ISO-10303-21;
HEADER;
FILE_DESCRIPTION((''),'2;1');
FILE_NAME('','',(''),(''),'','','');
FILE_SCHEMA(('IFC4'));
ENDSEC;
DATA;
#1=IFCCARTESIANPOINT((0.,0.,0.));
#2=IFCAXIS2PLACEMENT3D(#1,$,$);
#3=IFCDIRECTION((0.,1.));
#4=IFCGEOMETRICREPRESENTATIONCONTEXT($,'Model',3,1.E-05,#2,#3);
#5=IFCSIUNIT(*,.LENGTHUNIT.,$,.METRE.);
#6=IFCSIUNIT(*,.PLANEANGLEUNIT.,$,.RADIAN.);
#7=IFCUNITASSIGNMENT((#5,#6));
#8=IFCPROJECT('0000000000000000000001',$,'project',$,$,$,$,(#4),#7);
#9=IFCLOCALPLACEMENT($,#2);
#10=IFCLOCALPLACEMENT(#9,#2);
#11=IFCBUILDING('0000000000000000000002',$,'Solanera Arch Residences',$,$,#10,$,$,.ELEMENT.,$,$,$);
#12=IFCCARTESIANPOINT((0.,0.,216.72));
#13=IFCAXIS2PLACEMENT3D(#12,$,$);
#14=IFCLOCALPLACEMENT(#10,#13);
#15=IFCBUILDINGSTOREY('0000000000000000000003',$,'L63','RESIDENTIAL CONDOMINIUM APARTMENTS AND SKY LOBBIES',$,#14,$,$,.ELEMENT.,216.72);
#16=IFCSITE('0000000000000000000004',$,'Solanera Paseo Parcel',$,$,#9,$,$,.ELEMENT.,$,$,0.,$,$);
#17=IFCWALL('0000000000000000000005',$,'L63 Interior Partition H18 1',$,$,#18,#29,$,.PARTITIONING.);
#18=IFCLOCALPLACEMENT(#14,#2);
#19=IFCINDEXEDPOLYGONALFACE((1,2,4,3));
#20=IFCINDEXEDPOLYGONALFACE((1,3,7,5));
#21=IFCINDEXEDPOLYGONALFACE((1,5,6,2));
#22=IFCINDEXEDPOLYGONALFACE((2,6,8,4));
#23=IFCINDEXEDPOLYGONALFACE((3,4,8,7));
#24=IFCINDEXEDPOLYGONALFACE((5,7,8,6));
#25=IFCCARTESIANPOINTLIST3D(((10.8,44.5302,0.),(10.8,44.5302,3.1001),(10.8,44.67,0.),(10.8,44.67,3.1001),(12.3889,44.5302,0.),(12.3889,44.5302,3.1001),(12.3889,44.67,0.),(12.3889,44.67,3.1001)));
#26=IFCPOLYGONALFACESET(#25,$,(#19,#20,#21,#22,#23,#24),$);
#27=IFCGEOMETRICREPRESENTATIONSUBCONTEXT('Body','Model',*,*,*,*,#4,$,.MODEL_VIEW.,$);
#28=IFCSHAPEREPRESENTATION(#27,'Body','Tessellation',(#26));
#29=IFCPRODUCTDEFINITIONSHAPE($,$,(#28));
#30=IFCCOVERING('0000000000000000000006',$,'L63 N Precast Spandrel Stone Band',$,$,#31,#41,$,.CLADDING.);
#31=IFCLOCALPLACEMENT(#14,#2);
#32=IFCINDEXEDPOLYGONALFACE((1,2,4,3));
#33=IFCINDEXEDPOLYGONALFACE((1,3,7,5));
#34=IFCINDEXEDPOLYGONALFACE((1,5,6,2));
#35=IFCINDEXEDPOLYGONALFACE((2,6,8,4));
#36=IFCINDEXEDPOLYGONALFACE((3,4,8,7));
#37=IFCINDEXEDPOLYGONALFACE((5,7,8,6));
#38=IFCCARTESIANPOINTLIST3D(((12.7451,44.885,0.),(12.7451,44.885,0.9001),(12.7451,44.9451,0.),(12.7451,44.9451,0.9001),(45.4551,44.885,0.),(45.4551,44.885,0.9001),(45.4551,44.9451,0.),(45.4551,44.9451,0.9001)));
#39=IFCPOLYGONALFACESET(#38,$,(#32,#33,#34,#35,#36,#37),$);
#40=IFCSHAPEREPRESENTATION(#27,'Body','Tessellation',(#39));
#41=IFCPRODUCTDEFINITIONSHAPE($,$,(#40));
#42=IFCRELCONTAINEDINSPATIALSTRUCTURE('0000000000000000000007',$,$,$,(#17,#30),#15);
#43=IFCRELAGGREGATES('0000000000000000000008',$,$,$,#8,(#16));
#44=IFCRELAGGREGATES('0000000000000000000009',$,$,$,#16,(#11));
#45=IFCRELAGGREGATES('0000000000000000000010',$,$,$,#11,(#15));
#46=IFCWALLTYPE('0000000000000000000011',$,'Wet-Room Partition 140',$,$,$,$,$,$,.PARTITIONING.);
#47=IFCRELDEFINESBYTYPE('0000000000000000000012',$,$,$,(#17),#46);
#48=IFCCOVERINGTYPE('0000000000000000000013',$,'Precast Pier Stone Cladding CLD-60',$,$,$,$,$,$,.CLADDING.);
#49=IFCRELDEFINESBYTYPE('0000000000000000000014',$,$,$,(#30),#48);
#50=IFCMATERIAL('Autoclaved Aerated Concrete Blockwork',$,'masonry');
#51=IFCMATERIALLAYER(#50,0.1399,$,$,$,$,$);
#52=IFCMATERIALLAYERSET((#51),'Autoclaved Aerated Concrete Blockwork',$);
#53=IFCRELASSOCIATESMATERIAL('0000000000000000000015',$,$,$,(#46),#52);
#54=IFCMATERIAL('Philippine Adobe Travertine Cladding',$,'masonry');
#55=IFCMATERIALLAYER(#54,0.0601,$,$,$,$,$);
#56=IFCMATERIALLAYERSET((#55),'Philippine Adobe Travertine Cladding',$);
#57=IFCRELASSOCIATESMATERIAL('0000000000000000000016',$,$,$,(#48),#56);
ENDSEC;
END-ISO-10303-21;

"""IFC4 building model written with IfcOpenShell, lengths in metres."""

from ifc_helpers import new_model, si_unit, direction, frame, frame_2d, origin, place, context, subcontext, project, spatial, rectangle, extrude, material, layer, layer_set, type_object, element, save


model = new_model("IFC4")

# Units and contexts
model_context = context("Model", 3, precision=1e-05, world=origin(), true_north=direction((0.0, 1.0)))
body_context = subcontext(model_context, "Body", "Model", "MODEL_VIEW")
ifc_project = project(units=[si_unit("LENGTHUNIT", "METRE"), si_unit("PLANEANGLEUNIT", "RADIAN")], contexts=[model_context])

# Site, building, storey
site_placement = place(None, origin())
site = spatial("IfcSite", under=ifc_project, at=site_placement, Name="Solanera Paseo Parcel", CompositionType="ELEMENT", RefElevation=0.0)
building_placement = place(site_placement, origin())
building = spatial("IfcBuilding", under=site, at=building_placement, Name="Solanera Arch Residences", CompositionType="ELEMENT")
storey_placement = place(building_placement, frame((0.0, 0.0, 216.72)))
storey = spatial("IfcBuildingStorey", under=building, at=storey_placement, Name="L63", Description="RESIDENTIAL CONDOMINIUM APARTMENTS AND SKY LOBBIES", CompositionType="ELEMENT", Elevation=216.72)

# Wall
ifc_material_1 = material(Name="Autoclaved Aerated Concrete Blockwork", Category="masonry")
ifc_layer_1 = layer(ifc_material_1, 0.1399)
ifc_layer_set_1 = layer_set([ifc_layer_1], Name="Autoclaved Aerated Concrete Blockwork")
wall_type_1 = type_object("IfcWallType", Name="Wet-Room Partition 140", PredefinedType="PARTITIONING", material=ifc_layer_set_1)
wall_1_placement = place(storey_placement, frame((10.8, 44.6001, 0.0), z_axis=(0.0, 0.0, 1.0), x_axis=(1.0, 0.0, 0.0)))
element("IfcWall", 1, at=wall_1_placement, inside=storey, type_object=wall_type_1, Name="L63 Interior Partition H18 1", PredefinedType="PARTITIONING", context=body_context, shape_type="SweptSolid", body=[
    extrude(rectangle(XDim=1.5889, YDim=0.1399, at=frame_2d((0.7944, 0.0))), origin(), (0.0, 0.0, 1.0), 3.1001),
])

# Covering
ifc_material_2 = material(Name="Philippine Adobe Travertine Cladding", Category="masonry")
ifc_layer_2 = layer(ifc_material_2, 0.0601)
ifc_layer_set_2 = layer_set([ifc_layer_2], Name="Philippine Adobe Travertine Cladding")
covering_type = type_object("IfcCoveringType", Name="Precast Pier Stone Cladding CLD-60", PredefinedType="CLADDING", material=ifc_layer_set_2)
covering_placement = place(storey_placement, frame((12.7451, 44.915, 0.0), z_axis=(0.0, 0.0, 1.0), x_axis=(1.0, 0.0, 0.0)))
element("IfcCovering", 2, at=covering_placement, inside=storey, type_object=covering_type, Name="L63 N Precast Spandrel Stone Band", PredefinedType="CLADDING", context=body_context, shape_type="SweptSolid", body=[
    extrude(rectangle(XDim=32.71, YDim=0.0601, at=frame_2d((16.355, 0.0))), origin(), (0.0, 0.0, 1.0), 0.9001),
])

save(model, "model.ifc")
